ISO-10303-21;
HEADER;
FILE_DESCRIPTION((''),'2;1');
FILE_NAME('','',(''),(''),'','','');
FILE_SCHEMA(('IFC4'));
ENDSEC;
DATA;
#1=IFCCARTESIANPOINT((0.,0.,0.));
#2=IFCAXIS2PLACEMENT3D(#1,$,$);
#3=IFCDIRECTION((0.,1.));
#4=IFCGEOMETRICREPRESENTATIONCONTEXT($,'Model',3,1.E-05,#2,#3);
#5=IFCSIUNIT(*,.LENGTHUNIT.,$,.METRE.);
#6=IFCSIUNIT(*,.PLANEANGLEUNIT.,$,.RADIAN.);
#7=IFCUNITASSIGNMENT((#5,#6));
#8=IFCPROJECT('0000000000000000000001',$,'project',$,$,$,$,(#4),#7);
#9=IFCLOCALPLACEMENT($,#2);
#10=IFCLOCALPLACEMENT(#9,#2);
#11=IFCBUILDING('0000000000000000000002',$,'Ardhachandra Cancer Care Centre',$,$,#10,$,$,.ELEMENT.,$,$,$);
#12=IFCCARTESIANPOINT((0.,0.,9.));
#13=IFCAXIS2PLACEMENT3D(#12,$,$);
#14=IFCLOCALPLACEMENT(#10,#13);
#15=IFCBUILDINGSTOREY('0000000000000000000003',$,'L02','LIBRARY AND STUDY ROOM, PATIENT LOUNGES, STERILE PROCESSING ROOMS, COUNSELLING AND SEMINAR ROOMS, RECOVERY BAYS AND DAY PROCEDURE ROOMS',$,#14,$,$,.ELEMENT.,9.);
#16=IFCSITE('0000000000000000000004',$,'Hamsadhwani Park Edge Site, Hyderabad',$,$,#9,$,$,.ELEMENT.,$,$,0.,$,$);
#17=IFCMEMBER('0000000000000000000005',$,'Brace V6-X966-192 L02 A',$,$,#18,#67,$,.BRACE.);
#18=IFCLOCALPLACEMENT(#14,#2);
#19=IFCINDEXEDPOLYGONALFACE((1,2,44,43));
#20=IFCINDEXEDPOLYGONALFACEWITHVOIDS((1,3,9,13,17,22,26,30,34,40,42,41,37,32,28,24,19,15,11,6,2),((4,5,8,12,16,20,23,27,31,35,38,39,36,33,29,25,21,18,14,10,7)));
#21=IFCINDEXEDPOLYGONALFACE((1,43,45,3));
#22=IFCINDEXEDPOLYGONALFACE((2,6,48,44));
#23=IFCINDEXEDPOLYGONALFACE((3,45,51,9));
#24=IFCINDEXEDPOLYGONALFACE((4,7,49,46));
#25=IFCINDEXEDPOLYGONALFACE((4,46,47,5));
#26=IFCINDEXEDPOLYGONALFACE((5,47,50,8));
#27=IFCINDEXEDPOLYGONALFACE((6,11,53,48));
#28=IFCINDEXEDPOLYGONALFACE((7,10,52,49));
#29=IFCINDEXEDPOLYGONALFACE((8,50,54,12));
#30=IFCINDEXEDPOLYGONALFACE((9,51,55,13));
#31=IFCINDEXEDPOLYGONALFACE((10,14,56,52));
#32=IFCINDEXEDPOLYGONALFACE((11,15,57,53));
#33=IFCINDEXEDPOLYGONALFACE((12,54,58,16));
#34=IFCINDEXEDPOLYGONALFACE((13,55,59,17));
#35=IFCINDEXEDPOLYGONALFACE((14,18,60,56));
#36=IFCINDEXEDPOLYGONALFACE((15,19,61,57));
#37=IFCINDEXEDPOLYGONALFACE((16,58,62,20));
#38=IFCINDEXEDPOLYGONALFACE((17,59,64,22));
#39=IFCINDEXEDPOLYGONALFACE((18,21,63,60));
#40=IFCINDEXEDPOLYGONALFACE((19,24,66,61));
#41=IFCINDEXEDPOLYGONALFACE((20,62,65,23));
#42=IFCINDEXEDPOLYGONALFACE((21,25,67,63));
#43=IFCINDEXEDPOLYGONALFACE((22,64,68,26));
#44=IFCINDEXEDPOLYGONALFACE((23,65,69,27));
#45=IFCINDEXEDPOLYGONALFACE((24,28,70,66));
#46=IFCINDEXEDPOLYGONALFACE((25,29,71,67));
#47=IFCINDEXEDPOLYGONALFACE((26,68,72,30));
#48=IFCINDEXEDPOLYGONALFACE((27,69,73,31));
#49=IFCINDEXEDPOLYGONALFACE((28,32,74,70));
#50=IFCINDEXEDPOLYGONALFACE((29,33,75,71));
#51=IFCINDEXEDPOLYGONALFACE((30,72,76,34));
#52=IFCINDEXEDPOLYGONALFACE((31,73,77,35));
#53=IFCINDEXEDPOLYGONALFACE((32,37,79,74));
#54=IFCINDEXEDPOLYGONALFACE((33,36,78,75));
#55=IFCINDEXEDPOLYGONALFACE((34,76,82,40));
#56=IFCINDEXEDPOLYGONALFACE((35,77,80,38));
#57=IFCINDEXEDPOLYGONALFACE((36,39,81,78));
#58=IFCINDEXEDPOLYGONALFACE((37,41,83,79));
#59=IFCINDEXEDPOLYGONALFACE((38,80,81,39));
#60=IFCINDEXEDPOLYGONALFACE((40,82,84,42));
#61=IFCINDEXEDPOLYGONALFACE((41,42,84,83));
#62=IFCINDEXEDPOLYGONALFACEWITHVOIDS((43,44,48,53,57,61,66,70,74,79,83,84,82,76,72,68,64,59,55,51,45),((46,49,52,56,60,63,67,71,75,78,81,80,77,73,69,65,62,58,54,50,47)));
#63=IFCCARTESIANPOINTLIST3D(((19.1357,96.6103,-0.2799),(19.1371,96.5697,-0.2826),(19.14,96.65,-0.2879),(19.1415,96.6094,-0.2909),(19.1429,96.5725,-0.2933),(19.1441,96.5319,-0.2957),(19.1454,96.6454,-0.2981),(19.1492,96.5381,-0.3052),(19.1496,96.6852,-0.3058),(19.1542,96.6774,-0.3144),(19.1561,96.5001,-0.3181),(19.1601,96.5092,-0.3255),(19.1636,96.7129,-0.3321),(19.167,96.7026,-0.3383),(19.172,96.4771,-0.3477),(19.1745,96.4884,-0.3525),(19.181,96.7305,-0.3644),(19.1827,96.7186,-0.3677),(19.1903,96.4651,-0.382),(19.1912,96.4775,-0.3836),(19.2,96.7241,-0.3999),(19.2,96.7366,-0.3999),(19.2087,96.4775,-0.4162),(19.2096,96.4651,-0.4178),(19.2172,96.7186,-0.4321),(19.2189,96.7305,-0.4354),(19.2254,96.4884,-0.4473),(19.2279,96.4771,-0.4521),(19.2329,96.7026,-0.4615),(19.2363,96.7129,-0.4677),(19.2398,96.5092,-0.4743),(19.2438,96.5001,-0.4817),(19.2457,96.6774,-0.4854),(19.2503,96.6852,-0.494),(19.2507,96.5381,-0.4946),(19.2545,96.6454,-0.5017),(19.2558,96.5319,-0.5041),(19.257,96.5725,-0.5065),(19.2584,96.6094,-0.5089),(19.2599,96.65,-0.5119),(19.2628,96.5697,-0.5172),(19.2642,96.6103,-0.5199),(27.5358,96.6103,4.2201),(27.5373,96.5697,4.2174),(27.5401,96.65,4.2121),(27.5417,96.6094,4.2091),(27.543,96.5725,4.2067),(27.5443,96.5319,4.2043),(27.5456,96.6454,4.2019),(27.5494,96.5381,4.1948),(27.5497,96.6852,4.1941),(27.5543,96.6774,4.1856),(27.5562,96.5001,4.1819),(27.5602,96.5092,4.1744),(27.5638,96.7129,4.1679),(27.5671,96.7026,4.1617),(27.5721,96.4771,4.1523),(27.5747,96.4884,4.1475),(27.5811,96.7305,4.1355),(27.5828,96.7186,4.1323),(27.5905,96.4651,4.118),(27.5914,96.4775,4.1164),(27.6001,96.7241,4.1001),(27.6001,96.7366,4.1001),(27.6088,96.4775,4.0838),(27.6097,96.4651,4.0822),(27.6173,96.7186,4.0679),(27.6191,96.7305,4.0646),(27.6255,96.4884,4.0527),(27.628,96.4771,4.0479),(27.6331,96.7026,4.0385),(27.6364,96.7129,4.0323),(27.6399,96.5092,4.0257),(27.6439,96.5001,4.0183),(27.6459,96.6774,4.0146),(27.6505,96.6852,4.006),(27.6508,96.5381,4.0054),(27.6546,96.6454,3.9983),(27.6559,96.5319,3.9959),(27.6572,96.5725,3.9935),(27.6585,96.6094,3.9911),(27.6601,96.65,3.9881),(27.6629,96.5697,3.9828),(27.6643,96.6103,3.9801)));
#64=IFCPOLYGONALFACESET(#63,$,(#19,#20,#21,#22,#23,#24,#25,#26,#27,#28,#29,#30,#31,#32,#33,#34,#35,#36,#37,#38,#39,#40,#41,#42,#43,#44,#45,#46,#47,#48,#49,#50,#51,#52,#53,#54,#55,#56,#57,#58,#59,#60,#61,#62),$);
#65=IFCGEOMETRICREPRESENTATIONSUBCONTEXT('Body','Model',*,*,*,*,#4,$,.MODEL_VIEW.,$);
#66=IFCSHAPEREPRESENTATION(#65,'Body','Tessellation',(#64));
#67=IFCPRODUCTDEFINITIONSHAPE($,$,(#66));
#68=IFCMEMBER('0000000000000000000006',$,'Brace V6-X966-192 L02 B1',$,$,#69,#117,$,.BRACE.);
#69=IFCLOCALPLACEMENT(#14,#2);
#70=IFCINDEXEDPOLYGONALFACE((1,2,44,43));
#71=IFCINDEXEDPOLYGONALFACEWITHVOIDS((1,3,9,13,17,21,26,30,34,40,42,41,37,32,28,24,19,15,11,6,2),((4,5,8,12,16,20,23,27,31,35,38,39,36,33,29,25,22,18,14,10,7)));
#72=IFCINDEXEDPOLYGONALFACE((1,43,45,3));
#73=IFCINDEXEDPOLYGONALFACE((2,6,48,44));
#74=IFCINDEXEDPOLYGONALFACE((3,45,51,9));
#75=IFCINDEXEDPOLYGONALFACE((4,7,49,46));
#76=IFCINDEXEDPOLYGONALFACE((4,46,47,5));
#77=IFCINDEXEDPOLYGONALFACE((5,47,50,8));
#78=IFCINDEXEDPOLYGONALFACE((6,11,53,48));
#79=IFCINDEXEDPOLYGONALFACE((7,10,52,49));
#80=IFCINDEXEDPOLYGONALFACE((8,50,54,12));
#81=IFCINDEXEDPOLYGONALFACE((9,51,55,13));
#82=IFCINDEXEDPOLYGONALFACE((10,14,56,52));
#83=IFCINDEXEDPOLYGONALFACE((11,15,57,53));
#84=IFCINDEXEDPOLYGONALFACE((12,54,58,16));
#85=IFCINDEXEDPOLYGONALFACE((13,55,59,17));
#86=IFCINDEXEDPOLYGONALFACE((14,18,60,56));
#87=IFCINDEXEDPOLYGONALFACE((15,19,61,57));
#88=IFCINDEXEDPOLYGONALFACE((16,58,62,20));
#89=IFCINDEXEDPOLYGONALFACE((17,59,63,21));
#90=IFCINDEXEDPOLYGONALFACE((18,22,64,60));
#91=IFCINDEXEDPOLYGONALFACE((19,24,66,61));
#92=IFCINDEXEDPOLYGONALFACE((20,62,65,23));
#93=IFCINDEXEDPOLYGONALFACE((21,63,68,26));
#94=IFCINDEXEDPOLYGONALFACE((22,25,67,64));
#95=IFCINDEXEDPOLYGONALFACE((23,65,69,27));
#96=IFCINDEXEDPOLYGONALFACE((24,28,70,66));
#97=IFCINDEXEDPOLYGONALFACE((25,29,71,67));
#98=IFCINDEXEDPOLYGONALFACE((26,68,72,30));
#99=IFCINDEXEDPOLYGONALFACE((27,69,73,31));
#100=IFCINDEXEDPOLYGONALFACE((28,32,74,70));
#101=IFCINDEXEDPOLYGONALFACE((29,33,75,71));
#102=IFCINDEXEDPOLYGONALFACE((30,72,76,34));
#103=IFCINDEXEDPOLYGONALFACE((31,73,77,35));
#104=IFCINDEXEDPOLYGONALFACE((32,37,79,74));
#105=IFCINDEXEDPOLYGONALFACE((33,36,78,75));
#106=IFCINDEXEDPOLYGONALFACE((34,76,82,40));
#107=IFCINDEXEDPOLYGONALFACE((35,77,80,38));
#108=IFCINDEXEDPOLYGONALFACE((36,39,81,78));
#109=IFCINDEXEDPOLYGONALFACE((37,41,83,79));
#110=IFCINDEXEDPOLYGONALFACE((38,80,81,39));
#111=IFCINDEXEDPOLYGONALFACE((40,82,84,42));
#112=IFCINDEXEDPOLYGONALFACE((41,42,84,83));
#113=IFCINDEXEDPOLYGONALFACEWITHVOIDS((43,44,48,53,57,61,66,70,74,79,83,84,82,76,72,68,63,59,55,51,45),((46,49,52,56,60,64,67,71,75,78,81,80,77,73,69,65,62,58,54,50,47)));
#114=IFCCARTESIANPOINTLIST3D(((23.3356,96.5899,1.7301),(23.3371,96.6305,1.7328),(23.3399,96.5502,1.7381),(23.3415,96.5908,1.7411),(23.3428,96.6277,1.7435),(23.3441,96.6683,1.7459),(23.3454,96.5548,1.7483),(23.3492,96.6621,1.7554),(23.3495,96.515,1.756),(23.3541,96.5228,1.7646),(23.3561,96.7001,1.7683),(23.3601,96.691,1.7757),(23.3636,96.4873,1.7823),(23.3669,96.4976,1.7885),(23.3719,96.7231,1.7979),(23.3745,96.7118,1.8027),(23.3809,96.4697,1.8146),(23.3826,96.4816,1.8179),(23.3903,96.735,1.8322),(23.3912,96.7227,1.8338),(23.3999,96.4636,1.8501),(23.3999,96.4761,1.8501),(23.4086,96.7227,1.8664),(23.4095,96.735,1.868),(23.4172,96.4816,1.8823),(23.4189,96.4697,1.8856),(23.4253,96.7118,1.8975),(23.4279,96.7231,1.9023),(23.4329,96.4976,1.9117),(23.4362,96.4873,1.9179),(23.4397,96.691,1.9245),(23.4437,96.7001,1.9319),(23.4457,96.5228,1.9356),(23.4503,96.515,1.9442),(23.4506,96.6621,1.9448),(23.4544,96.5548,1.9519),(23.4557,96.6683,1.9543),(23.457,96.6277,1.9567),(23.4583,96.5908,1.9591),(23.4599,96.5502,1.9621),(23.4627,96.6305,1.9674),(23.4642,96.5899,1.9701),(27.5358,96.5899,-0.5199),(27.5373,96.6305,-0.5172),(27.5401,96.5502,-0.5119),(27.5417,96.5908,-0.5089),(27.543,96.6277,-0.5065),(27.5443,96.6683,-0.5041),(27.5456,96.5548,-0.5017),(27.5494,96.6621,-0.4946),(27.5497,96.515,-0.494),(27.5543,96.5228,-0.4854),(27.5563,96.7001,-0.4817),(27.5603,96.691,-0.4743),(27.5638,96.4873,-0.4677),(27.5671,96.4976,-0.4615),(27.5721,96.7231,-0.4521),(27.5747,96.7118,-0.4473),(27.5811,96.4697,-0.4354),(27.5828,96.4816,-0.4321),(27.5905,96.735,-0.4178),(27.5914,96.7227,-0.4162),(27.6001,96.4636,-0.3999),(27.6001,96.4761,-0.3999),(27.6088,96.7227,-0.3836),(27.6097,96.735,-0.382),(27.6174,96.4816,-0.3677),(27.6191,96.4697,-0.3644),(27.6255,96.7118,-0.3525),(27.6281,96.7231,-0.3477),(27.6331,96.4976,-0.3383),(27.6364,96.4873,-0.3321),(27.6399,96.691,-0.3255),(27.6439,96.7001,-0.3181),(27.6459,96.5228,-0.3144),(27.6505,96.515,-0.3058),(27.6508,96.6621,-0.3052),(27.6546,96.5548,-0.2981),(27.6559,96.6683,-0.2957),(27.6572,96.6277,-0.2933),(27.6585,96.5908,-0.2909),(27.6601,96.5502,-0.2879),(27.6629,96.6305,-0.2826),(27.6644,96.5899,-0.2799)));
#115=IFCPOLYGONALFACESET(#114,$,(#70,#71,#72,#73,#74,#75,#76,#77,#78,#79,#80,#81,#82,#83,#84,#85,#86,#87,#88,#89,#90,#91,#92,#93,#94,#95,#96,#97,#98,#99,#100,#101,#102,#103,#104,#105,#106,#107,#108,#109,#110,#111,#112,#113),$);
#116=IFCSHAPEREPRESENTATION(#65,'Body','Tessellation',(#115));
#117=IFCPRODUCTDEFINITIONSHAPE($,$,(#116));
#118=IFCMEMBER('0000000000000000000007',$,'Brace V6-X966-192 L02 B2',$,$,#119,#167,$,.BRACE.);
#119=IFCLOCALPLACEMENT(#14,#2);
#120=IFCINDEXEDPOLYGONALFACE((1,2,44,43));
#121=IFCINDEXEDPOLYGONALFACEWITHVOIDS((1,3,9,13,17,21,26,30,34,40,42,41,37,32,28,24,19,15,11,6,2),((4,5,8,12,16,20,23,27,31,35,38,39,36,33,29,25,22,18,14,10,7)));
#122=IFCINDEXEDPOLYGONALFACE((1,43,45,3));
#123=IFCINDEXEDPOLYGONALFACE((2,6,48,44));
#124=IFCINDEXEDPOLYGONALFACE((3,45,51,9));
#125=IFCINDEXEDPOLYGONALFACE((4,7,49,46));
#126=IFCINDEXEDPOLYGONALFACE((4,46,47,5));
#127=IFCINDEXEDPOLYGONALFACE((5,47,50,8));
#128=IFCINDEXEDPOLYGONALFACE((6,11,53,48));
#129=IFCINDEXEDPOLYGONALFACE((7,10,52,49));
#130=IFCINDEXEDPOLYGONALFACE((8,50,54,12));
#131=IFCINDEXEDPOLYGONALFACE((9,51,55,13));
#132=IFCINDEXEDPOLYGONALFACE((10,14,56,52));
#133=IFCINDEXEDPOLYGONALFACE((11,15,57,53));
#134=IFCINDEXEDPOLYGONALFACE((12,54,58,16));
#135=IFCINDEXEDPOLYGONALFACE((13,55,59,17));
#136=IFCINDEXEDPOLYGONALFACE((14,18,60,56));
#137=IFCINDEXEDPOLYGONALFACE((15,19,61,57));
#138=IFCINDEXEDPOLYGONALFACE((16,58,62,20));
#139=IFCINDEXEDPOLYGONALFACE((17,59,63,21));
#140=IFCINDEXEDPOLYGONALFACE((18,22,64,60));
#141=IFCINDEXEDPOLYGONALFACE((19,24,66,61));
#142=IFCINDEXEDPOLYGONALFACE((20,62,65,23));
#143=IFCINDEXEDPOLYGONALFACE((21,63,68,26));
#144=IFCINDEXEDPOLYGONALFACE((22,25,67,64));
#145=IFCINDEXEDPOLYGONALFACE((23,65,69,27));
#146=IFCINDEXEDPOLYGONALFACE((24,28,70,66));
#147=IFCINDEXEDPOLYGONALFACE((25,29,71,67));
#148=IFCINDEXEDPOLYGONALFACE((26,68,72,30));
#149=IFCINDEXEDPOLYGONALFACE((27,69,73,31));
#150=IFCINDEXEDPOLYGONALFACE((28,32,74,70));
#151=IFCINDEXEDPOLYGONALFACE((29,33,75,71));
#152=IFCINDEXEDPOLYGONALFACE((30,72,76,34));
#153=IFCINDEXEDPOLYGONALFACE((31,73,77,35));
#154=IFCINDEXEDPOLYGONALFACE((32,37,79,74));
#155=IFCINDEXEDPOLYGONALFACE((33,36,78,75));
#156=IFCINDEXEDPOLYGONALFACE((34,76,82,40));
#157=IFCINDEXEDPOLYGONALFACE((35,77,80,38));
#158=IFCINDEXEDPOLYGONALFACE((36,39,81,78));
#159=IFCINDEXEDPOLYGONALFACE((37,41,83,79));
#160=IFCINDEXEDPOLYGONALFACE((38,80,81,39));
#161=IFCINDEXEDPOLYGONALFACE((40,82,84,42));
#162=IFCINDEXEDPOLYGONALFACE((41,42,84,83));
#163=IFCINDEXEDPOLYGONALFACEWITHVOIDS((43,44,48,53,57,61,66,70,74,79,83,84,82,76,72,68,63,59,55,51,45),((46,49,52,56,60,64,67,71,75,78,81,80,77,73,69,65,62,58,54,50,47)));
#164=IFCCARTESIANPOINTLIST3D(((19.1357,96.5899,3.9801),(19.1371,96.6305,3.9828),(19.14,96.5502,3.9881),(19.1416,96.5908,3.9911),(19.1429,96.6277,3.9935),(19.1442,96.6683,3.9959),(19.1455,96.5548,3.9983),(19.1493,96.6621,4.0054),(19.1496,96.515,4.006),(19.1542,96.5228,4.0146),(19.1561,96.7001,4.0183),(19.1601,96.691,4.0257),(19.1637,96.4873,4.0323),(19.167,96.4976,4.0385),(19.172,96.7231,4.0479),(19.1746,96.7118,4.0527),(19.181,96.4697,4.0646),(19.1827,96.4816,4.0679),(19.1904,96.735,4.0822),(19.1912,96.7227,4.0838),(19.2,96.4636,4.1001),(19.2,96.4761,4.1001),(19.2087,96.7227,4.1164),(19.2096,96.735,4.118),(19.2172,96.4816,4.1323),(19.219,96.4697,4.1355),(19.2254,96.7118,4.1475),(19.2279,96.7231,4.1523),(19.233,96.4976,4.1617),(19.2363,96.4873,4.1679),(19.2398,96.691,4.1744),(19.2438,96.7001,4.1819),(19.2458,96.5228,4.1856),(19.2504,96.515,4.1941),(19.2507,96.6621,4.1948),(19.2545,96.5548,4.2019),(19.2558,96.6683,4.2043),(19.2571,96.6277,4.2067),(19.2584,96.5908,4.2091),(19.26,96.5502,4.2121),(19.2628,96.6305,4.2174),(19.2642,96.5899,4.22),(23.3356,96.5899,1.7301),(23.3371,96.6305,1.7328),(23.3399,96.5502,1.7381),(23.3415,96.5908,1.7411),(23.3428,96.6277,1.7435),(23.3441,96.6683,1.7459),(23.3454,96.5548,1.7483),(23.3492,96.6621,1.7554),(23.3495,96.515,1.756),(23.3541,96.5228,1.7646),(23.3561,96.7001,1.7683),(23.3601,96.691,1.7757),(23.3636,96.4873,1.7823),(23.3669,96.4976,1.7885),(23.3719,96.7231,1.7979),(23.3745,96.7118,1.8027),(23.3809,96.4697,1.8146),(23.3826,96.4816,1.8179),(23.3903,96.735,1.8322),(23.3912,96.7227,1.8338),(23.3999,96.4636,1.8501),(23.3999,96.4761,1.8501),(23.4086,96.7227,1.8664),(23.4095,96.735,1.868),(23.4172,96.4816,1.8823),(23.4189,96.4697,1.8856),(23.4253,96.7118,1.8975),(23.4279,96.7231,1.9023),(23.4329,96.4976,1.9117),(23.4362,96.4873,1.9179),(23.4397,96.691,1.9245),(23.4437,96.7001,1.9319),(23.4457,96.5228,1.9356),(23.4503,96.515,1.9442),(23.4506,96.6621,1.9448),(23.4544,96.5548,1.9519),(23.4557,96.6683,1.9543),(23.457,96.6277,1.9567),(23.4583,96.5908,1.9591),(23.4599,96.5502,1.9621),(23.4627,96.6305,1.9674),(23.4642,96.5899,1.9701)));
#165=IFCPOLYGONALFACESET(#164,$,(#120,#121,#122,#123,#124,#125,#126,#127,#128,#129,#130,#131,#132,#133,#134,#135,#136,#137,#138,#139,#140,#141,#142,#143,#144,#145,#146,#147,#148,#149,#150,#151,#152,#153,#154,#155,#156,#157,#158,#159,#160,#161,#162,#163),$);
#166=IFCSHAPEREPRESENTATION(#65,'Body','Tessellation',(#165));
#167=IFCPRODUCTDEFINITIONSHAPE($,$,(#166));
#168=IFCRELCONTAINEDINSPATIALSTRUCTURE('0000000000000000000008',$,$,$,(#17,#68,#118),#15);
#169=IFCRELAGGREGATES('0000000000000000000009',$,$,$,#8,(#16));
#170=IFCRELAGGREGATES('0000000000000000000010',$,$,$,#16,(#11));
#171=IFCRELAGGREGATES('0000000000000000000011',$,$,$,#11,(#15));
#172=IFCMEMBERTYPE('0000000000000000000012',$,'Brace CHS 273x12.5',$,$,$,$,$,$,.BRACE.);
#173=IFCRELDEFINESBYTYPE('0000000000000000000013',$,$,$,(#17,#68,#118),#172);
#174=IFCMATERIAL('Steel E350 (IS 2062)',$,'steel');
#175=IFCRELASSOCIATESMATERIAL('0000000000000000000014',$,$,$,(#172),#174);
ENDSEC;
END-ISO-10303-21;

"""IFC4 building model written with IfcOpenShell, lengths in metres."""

from ifc_helpers import new_model, si_unit, direction, frame, origin, origin_2d, place, context, subcontext, project, spatial, hollow_circle, extrude, material, material_profile, profile_set, type_object, element, save


model = new_model("IFC4")

# Units and contexts
model_context = context("Model", 3, precision=1e-05, world=origin(), true_north=direction((0.0, 1.0)))
body_context = subcontext(model_context, "Body", "Model", "MODEL_VIEW")
ifc_project = project(units=[si_unit("LENGTHUNIT", "METRE"), si_unit("PLANEANGLEUNIT", "RADIAN")], contexts=[model_context])

# Site, building, storey
site_placement = place(None, origin())
site = spatial("IfcSite", under=ifc_project, at=site_placement, Name="Hamsadhwani Park Edge Site, Hyderabad", CompositionType="ELEMENT", RefElevation=0.0)
building_placement = place(site_placement, origin())
building = spatial("IfcBuilding", under=site, at=building_placement, Name="Ardhachandra Cancer Care Centre", CompositionType="ELEMENT")
storey_placement = place(building_placement, frame((0.0, 0.0, 9.0)))
storey = spatial("IfcBuildingStorey", under=building, at=storey_placement, Name="L02", Description="LIBRARY AND STUDY ROOM, PATIENT LOUNGES, STERILE PROCESSING ROOMS, COUNSELLING AND SEMINAR ROOMS, RECOVERY BAYS AND DAY PROCEDURE ROOMS", CompositionType="ELEMENT", Elevation=9.0)

# Members
ifc_material_1 = material(Name="Steel E350 (IS 2062)", Category="steel")
ifc_material_profile_1 = material_profile(ifc_material_1, hollow_circle(Radius=0.1365, WallThickness=0.0125, at=origin_2d()), Name="CHS 273x12.5")
ifc_profile_set_1 = profile_set([ifc_material_profile_1], Name="Steel E350 (IS 2062)")
member_type_1 = type_object("IfcMemberType", Name="Brace CHS 273x12.5", PredefinedType="BRACE", material=ifc_profile_set_1)
member_1_placement = place(storey_placement, frame((19.2, 96.6001, -0.3999), z_axis=(0.881483, 0.0, 0.472215), x_axis=(0.0, 1.0, 0.0)))
element("IfcMember", 1, at=member_1_placement, inside=storey, type_object=member_type_1, Name="Brace V6-X966-192 L02 A", PredefinedType="BRACE", context=body_context, shape_type="SweptSolid", body=[
    extrude(hollow_circle(Radius=0.1365, WallThickness=0.0125, at=origin_2d()), origin(), (0.0, 0.0, 1.0), 9.5295),
])
member_2_placement = place(storey_placement, frame((27.6001, 96.6001, -0.3999), z_axis=(-0.881489, 0.0, 0.472204), x_axis=(0.0, -1.0, 0.0)))
element("IfcMember", 2, at=member_2_placement, inside=storey, type_object=member_type_1, Name="Brace V6-X966-192 L02 B1", PredefinedType="BRACE", context=body_context, shape_type="SweptSolid", body=[
    extrude(hollow_circle(Radius=0.1365, WallThickness=0.0125, at=origin_2d()), origin(), (0.0, 0.0, 1.0), 4.7649),
])
member_3_placement = place(storey_placement, frame((23.3999, 96.6001, 1.8501), z_axis=(-0.881478, 0.0, 0.472226), x_axis=(0.0, -1.0, 0.0)))
element("IfcMember", 3, at=member_3_placement, inside=storey, type_object=member_type_1, Name="Brace V6-X966-192 L02 B2", PredefinedType="BRACE", context=body_context, shape_type="SweptSolid", body=[
    extrude(hollow_circle(Radius=0.1365, WallThickness=0.0125, at=origin_2d()), origin(), (0.0, 0.0, 1.0), 4.7646),
])

save(model, "model.ifc")
